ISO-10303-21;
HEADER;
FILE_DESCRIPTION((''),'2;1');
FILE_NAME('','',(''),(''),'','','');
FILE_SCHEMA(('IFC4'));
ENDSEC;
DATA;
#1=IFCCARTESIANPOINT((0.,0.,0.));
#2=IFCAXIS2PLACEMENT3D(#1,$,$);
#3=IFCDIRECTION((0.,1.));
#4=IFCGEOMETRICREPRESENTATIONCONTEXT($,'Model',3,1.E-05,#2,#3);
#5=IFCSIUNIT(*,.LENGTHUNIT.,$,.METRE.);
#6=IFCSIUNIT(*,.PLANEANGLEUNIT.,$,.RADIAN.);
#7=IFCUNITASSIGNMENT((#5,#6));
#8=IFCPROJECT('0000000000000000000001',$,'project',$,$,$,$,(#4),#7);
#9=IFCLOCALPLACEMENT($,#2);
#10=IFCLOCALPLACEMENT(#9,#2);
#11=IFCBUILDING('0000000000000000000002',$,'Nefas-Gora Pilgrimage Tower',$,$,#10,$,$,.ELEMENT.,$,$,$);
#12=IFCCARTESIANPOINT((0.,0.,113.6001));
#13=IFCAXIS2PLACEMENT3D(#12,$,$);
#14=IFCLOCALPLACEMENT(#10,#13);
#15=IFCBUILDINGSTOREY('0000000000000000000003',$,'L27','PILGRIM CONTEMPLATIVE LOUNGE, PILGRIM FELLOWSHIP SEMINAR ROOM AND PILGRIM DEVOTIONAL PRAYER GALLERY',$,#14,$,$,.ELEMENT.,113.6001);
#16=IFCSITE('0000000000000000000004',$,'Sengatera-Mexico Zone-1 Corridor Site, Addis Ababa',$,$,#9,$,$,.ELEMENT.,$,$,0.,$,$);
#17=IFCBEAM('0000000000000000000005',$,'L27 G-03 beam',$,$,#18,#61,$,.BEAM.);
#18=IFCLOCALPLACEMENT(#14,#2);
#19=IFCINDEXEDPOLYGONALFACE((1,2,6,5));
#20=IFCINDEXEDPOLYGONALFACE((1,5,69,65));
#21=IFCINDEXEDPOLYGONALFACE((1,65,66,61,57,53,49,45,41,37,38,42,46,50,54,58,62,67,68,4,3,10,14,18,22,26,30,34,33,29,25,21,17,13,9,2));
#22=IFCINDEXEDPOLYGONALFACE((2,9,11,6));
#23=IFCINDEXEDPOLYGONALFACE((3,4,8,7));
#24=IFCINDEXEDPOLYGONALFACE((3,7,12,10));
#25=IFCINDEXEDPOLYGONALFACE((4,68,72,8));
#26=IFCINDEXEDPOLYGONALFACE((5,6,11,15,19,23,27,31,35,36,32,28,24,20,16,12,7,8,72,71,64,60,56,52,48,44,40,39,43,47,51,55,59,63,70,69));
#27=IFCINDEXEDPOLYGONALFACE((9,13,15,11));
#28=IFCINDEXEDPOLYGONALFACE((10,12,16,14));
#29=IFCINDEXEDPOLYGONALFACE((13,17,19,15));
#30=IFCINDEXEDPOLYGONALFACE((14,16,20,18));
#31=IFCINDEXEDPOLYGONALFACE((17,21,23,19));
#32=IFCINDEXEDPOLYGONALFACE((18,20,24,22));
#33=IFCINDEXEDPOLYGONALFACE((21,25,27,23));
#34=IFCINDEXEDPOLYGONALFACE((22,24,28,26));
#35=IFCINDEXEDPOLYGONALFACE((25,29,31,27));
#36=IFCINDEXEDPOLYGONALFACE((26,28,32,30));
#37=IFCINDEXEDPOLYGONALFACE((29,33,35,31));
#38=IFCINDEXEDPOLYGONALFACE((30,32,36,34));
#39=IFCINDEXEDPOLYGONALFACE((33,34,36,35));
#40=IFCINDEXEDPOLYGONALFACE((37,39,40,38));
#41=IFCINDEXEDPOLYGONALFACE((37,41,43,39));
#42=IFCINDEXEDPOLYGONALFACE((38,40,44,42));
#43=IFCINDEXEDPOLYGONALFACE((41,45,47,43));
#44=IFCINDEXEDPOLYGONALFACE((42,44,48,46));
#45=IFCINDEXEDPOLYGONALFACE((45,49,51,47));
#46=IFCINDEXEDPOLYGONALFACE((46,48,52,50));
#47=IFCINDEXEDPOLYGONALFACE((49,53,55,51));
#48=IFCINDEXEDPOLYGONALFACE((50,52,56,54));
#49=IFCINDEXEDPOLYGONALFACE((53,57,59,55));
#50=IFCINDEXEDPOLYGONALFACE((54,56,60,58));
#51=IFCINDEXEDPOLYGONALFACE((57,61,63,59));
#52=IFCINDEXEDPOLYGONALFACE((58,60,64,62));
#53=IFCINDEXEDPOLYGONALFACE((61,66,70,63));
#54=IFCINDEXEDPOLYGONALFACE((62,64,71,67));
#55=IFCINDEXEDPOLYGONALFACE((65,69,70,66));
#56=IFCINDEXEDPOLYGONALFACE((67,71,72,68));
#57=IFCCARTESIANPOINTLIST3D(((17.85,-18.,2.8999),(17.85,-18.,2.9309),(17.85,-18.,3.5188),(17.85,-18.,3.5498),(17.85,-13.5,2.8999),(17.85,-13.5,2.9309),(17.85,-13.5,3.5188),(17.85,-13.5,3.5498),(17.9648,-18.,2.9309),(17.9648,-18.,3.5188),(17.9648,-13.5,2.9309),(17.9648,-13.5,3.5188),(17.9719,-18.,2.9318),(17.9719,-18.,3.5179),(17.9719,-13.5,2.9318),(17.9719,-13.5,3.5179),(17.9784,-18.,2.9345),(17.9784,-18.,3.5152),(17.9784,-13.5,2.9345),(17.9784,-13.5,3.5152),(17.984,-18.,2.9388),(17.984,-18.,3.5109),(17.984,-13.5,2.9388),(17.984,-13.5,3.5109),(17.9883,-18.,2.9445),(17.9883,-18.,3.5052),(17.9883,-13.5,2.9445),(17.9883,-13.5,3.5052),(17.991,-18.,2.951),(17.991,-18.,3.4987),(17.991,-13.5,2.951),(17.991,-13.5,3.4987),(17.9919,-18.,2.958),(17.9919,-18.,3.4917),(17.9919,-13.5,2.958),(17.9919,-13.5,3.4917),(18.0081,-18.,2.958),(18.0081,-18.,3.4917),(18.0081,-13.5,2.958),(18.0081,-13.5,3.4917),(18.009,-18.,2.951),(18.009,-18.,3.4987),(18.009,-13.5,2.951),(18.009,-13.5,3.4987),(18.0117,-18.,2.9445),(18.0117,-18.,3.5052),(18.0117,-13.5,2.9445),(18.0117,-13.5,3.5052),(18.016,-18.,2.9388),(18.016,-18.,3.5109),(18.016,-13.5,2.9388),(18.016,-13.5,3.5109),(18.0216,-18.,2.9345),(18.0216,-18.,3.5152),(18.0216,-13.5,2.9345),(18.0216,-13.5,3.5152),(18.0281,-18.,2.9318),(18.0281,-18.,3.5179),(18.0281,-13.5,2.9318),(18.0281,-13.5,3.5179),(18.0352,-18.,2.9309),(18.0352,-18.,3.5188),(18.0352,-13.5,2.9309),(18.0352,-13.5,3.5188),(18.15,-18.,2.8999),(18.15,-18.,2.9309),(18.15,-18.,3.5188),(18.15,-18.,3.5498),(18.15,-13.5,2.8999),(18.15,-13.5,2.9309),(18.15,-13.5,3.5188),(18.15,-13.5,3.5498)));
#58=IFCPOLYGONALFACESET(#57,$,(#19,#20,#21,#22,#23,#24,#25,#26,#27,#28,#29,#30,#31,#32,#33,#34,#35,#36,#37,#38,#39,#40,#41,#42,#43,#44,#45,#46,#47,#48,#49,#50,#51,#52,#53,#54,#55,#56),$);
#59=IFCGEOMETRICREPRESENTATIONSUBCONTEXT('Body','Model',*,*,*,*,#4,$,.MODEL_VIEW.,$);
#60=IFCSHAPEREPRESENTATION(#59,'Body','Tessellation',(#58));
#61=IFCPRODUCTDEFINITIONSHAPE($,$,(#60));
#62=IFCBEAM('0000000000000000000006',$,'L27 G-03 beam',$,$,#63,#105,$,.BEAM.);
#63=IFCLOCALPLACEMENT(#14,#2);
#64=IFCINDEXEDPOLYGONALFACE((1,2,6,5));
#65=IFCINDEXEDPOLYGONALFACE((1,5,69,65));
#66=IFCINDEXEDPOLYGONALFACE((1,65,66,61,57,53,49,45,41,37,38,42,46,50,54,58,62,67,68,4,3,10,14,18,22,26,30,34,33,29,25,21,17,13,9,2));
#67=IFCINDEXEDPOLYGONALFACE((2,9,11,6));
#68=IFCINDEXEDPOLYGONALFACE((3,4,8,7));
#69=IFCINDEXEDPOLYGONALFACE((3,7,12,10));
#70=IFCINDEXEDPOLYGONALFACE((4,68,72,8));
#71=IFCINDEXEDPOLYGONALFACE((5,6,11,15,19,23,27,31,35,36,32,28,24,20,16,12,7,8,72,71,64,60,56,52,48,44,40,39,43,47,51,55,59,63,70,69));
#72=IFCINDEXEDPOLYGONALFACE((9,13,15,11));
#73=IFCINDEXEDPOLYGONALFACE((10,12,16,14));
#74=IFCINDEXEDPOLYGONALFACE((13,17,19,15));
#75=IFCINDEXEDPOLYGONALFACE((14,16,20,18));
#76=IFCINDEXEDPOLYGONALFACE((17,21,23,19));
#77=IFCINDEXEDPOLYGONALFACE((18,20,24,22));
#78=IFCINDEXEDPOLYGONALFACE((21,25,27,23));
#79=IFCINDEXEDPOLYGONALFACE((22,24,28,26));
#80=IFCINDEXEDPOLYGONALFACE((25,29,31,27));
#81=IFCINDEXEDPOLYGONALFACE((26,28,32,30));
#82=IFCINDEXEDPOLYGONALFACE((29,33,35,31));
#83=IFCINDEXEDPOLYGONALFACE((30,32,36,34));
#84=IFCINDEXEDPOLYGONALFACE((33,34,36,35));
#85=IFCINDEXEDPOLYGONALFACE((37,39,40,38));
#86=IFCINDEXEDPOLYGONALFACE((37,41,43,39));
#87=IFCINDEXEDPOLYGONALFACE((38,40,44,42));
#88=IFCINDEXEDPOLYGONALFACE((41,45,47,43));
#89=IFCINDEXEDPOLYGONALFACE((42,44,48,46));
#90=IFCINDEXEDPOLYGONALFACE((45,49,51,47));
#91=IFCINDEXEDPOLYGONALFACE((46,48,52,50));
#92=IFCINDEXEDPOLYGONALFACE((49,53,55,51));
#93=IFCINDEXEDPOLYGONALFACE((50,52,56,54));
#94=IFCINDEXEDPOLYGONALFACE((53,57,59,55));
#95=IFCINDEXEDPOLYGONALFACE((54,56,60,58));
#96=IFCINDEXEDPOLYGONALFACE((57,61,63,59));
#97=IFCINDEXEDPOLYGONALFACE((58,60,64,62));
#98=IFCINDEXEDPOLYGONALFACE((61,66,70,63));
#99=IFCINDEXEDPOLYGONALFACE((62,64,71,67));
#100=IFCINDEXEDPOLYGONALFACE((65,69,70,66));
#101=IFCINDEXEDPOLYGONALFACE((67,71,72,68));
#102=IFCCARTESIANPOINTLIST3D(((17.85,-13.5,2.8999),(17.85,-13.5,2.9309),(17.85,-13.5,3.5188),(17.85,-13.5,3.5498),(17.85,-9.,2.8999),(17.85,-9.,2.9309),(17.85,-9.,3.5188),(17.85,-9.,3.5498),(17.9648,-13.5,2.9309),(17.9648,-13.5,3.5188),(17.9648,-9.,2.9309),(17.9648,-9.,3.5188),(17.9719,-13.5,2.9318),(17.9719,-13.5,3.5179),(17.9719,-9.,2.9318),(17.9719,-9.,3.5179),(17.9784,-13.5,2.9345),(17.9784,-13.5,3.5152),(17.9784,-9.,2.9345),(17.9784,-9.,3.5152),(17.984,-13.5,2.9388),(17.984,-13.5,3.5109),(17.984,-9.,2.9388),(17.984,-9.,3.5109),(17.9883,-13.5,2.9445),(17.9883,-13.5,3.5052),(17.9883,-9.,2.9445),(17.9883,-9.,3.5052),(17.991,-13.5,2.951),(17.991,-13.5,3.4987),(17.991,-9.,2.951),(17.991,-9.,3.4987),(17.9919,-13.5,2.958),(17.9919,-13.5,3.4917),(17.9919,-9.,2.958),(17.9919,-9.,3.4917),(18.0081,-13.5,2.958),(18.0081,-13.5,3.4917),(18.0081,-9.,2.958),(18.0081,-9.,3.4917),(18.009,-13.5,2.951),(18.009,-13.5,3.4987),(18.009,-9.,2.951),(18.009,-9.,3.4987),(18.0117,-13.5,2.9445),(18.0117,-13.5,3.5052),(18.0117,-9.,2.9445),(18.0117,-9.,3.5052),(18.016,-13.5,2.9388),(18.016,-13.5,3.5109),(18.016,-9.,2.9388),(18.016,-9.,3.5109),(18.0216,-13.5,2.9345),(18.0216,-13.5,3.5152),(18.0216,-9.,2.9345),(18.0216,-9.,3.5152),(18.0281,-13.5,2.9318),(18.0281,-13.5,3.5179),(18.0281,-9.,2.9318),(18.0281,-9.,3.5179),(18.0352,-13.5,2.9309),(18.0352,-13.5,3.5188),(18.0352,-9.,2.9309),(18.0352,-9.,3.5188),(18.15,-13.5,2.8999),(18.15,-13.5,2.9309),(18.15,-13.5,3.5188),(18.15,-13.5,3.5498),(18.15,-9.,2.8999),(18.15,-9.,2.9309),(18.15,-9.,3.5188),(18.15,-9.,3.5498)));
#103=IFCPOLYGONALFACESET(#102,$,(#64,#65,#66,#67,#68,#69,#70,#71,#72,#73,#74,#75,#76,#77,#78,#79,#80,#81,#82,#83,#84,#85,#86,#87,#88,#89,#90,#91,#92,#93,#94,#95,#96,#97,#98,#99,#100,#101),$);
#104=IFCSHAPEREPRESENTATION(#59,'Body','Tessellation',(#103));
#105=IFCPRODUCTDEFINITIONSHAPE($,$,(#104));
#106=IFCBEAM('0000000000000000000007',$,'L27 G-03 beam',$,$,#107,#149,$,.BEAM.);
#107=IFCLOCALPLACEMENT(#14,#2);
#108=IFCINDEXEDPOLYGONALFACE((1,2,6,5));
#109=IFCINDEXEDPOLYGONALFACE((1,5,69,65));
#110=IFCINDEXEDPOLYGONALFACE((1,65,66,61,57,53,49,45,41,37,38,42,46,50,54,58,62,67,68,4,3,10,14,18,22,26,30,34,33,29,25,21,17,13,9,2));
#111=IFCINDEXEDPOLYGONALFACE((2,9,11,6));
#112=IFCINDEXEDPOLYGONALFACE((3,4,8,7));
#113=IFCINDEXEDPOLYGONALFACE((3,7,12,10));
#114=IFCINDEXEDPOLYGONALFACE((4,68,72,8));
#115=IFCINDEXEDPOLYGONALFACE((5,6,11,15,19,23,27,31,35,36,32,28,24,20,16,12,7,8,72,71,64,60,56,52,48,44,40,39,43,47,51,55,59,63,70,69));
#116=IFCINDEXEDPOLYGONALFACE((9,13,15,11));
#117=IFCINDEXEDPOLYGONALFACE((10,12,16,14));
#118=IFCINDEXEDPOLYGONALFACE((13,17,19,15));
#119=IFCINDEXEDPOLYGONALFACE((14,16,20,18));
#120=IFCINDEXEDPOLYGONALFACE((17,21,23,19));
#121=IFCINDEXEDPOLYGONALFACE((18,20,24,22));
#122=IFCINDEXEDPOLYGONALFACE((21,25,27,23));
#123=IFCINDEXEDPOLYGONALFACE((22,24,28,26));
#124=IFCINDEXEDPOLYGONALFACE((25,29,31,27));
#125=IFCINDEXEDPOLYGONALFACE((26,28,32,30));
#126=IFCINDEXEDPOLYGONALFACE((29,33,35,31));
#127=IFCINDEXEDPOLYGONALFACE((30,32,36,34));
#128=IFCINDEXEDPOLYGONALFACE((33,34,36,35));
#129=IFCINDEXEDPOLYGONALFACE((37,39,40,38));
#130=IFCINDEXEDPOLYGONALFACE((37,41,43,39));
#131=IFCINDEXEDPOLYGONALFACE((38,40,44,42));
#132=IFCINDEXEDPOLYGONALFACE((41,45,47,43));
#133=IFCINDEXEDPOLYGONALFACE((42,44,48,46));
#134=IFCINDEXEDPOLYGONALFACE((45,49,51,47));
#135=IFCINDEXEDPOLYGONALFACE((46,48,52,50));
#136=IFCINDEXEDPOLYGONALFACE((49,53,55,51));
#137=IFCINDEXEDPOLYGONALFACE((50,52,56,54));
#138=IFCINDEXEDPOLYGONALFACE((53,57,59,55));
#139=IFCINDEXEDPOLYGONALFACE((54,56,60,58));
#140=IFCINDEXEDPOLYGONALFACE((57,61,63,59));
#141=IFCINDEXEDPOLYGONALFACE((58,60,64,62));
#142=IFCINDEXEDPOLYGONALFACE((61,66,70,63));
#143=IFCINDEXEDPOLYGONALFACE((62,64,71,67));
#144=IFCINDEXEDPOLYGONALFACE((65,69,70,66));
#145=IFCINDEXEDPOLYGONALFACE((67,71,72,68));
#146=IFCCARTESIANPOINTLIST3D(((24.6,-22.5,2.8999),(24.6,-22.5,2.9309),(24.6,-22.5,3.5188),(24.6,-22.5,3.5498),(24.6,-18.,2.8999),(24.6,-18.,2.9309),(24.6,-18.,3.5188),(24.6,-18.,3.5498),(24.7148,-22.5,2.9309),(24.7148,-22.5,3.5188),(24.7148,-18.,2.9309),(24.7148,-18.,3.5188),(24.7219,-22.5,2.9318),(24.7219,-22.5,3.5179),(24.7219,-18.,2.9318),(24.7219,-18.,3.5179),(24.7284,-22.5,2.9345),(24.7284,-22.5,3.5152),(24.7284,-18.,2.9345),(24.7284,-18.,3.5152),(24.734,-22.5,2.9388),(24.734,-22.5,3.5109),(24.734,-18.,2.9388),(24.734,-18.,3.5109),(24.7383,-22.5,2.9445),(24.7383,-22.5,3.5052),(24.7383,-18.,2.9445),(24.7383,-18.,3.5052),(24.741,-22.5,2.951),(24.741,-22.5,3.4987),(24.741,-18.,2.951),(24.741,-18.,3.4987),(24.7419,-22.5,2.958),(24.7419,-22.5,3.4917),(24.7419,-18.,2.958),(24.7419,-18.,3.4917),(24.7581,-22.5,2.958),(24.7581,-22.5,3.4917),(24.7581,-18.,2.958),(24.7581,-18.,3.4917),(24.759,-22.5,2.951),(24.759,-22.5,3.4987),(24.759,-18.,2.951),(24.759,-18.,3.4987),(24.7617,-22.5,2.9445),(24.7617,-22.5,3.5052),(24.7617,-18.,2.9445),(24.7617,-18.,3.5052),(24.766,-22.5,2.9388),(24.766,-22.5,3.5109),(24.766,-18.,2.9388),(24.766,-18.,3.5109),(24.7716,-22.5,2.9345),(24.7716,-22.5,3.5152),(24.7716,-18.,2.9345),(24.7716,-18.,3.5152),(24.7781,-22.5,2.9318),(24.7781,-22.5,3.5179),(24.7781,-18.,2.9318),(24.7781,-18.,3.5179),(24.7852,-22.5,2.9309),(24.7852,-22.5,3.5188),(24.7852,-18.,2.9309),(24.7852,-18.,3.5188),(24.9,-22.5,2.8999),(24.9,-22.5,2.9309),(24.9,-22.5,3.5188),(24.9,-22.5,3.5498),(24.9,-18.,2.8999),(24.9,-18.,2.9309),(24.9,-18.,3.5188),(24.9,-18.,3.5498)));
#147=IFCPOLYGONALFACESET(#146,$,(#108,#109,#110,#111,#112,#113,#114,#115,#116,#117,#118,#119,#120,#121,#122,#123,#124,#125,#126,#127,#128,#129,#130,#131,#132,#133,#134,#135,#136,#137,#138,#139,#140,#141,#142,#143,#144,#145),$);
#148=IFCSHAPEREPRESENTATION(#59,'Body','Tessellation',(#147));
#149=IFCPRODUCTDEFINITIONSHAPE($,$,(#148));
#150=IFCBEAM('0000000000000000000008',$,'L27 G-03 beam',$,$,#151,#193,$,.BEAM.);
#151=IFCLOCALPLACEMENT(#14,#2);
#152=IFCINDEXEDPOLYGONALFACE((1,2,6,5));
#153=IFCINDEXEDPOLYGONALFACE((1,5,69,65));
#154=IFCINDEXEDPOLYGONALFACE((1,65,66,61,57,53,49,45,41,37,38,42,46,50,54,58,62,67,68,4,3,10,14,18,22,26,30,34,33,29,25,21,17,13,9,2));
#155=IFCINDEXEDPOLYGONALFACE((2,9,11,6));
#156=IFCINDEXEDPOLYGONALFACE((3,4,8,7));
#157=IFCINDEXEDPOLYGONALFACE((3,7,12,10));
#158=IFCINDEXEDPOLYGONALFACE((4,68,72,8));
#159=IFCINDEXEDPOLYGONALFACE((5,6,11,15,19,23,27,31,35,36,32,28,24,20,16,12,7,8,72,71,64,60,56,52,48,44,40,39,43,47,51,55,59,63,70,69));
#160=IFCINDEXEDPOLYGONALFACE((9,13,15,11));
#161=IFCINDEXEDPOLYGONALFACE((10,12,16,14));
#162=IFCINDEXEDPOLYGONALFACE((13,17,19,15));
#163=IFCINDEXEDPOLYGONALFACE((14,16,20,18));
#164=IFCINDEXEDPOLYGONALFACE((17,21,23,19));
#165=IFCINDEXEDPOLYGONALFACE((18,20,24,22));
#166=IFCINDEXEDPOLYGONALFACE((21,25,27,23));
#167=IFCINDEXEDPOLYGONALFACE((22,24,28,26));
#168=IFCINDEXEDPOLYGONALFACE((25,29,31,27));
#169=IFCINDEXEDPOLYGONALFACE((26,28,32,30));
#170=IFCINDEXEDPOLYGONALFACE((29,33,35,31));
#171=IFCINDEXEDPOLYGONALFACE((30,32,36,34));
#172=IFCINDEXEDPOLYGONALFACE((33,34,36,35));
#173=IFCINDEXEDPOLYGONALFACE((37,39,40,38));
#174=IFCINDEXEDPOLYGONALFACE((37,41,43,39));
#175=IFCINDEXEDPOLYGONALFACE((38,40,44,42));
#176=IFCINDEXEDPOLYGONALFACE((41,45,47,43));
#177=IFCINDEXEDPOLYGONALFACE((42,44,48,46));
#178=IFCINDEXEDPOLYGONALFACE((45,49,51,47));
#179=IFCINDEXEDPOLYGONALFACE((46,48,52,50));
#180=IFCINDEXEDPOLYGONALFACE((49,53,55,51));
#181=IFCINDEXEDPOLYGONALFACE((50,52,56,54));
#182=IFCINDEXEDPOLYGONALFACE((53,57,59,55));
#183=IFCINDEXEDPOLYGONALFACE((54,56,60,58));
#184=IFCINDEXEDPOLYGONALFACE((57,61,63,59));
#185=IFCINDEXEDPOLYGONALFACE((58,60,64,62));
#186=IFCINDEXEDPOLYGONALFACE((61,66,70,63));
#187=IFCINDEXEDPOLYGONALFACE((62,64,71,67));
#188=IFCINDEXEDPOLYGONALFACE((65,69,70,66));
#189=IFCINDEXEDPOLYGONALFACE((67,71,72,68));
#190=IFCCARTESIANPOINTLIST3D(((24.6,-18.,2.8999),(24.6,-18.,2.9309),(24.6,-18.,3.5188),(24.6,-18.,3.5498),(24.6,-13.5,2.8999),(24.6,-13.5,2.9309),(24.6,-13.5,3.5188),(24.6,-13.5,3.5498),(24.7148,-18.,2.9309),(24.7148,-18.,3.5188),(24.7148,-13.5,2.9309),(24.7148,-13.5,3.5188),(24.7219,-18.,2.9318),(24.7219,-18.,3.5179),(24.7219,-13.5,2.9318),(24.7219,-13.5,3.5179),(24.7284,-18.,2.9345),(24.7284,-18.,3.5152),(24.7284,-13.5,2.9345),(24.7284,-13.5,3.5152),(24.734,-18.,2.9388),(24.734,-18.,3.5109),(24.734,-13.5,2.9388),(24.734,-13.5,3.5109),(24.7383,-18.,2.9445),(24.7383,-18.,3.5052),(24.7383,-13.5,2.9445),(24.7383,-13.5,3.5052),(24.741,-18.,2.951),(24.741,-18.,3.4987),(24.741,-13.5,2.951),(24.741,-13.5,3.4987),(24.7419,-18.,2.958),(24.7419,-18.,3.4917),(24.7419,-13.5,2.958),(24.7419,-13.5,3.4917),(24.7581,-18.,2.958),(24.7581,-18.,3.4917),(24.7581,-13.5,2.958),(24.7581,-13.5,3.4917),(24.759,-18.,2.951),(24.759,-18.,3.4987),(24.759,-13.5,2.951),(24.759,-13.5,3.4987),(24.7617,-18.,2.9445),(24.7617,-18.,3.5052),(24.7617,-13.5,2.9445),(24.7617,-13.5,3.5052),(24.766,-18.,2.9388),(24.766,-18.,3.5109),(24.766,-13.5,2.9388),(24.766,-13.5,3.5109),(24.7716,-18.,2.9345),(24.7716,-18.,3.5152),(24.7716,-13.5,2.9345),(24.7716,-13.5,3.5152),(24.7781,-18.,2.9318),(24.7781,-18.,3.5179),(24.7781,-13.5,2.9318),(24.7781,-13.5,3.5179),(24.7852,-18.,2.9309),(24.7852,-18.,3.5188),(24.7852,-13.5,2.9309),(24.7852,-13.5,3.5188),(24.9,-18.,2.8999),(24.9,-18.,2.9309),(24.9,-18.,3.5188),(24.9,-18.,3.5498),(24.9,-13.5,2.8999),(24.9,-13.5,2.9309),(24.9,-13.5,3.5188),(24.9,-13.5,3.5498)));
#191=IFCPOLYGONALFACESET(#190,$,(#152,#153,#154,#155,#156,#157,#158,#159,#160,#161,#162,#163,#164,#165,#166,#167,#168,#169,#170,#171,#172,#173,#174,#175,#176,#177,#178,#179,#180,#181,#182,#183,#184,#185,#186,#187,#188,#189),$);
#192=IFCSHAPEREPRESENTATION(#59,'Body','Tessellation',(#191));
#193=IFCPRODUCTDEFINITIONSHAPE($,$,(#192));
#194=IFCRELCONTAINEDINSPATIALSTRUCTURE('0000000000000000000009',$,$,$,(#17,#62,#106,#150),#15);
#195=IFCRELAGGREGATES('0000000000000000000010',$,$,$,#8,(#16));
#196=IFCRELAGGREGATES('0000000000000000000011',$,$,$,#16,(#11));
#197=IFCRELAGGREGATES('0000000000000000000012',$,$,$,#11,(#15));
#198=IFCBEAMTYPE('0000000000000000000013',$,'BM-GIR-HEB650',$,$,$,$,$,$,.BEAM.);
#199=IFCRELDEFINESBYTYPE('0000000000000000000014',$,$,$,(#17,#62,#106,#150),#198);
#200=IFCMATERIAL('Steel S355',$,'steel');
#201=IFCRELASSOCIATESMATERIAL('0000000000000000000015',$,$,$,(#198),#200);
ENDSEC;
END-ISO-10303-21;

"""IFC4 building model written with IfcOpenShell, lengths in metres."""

from ifc_helpers import new_model, si_unit, direction, frame, origin, origin_2d, place, context, subcontext, project, spatial, i_section, extrude, source, transform, mapped, material, material_profile, profile_set, type_object, element, save


model = new_model("IFC4")

# Units and contexts
model_context = context("Model", 3, precision=1e-05, world=origin(), true_north=direction((0.0, 1.0)))
body_context = subcontext(model_context, "Body", "Model", "MODEL_VIEW")
ifc_project = project(units=[si_unit("LENGTHUNIT", "METRE"), si_unit("PLANEANGLEUNIT", "RADIAN")], contexts=[model_context])

# Site, building, storey
site_placement = place(None, origin())
site = spatial("IfcSite", under=ifc_project, at=site_placement, Name="Sengatera-Mexico Zone-1 Corridor Site, Addis Ababa", CompositionType="ELEMENT", RefElevation=0.0)
building_placement = place(site_placement, origin())
building = spatial("IfcBuilding", under=site, at=building_placement, Name="Nefas-Gora Pilgrimage Tower", CompositionType="ELEMENT")
storey_placement = place(building_placement, frame((0.0, 0.0, 113.6001)))
storey = spatial("IfcBuildingStorey", under=building, at=storey_placement, Name="L27", Description="PILGRIM CONTEMPLATIVE LOUNGE, PILGRIM FELLOWSHIP SEMINAR ROOM AND PILGRIM DEVOTIONAL PRAYER GALLERY", CompositionType="ELEMENT", Elevation=113.6001)

# Beams
ifc_material_1 = material(Name="Steel S355", Category="steel")
ifc_material_profile_1 = material_profile(ifc_material_1, i_section(OverallWidth=0.3, OverallDepth=0.6499, WebThickness=0.0161, FlangeThickness=0.031, FilletRadius=0.0271, at=origin_2d()), Name="HEB 650")
ifc_profile_set_1 = profile_set([ifc_material_profile_1], Name="Steel S355")
beam_type_1 = type_object("IfcBeamType", Name="BM-GIR-HEB650", PredefinedType="BEAM", material=ifc_profile_set_1)
shared_shape_1 = source(origin(), body_context, "Body", "SweptSolid", [
    extrude(i_section(OverallWidth=0.3, OverallDepth=0.6499, WebThickness=0.0161, FlangeThickness=0.031, FilletRadius=0.0271, at=origin_2d()), origin(), (0.0, 0.0, 1.0), 4.5),
])
for number, where, z_axis, x_axis, name in (
    (1, (18.0, -18.0, 3.2249), (0.0, 1.0, 0.0), (-1.0, 0.0, 0.0), "L27 G-03 beam"),
    (2, (18.0, -13.5, 3.2249), (0.0, 1.0, 0.0), (-1.0, 0.0, 0.0), "L27 G-03 beam"),
    (3, (24.75, -22.5, 3.2249), (0.0, 1.0, 0.0), (-1.0, 0.0, 0.0), "L27 G-03 beam"),
    (4, (24.75, -18.0, 3.2249), (0.0, 1.0, 0.0), (-1.0, 0.0, 0.0), "L27 G-03 beam"),
):
    element("IfcBeam", number, at=place(storey_placement, frame(where, z_axis=z_axis, x_axis=x_axis)), inside=storey, type_object=beam_type_1, Name=name, PredefinedType="BEAM", context=body_context, shape_type="MappedRepresentation", body=[
        mapped(shared_shape_1, transform((0.0, 0.0, 0.0), x_axis=(1.0, 0.0, 0.0), y_axis=(0.0, 1.0, 0.0), z_axis=(0.0, 0.0, 1.0), scale=1.0)),
    ])

save(model, "model.ifc")
